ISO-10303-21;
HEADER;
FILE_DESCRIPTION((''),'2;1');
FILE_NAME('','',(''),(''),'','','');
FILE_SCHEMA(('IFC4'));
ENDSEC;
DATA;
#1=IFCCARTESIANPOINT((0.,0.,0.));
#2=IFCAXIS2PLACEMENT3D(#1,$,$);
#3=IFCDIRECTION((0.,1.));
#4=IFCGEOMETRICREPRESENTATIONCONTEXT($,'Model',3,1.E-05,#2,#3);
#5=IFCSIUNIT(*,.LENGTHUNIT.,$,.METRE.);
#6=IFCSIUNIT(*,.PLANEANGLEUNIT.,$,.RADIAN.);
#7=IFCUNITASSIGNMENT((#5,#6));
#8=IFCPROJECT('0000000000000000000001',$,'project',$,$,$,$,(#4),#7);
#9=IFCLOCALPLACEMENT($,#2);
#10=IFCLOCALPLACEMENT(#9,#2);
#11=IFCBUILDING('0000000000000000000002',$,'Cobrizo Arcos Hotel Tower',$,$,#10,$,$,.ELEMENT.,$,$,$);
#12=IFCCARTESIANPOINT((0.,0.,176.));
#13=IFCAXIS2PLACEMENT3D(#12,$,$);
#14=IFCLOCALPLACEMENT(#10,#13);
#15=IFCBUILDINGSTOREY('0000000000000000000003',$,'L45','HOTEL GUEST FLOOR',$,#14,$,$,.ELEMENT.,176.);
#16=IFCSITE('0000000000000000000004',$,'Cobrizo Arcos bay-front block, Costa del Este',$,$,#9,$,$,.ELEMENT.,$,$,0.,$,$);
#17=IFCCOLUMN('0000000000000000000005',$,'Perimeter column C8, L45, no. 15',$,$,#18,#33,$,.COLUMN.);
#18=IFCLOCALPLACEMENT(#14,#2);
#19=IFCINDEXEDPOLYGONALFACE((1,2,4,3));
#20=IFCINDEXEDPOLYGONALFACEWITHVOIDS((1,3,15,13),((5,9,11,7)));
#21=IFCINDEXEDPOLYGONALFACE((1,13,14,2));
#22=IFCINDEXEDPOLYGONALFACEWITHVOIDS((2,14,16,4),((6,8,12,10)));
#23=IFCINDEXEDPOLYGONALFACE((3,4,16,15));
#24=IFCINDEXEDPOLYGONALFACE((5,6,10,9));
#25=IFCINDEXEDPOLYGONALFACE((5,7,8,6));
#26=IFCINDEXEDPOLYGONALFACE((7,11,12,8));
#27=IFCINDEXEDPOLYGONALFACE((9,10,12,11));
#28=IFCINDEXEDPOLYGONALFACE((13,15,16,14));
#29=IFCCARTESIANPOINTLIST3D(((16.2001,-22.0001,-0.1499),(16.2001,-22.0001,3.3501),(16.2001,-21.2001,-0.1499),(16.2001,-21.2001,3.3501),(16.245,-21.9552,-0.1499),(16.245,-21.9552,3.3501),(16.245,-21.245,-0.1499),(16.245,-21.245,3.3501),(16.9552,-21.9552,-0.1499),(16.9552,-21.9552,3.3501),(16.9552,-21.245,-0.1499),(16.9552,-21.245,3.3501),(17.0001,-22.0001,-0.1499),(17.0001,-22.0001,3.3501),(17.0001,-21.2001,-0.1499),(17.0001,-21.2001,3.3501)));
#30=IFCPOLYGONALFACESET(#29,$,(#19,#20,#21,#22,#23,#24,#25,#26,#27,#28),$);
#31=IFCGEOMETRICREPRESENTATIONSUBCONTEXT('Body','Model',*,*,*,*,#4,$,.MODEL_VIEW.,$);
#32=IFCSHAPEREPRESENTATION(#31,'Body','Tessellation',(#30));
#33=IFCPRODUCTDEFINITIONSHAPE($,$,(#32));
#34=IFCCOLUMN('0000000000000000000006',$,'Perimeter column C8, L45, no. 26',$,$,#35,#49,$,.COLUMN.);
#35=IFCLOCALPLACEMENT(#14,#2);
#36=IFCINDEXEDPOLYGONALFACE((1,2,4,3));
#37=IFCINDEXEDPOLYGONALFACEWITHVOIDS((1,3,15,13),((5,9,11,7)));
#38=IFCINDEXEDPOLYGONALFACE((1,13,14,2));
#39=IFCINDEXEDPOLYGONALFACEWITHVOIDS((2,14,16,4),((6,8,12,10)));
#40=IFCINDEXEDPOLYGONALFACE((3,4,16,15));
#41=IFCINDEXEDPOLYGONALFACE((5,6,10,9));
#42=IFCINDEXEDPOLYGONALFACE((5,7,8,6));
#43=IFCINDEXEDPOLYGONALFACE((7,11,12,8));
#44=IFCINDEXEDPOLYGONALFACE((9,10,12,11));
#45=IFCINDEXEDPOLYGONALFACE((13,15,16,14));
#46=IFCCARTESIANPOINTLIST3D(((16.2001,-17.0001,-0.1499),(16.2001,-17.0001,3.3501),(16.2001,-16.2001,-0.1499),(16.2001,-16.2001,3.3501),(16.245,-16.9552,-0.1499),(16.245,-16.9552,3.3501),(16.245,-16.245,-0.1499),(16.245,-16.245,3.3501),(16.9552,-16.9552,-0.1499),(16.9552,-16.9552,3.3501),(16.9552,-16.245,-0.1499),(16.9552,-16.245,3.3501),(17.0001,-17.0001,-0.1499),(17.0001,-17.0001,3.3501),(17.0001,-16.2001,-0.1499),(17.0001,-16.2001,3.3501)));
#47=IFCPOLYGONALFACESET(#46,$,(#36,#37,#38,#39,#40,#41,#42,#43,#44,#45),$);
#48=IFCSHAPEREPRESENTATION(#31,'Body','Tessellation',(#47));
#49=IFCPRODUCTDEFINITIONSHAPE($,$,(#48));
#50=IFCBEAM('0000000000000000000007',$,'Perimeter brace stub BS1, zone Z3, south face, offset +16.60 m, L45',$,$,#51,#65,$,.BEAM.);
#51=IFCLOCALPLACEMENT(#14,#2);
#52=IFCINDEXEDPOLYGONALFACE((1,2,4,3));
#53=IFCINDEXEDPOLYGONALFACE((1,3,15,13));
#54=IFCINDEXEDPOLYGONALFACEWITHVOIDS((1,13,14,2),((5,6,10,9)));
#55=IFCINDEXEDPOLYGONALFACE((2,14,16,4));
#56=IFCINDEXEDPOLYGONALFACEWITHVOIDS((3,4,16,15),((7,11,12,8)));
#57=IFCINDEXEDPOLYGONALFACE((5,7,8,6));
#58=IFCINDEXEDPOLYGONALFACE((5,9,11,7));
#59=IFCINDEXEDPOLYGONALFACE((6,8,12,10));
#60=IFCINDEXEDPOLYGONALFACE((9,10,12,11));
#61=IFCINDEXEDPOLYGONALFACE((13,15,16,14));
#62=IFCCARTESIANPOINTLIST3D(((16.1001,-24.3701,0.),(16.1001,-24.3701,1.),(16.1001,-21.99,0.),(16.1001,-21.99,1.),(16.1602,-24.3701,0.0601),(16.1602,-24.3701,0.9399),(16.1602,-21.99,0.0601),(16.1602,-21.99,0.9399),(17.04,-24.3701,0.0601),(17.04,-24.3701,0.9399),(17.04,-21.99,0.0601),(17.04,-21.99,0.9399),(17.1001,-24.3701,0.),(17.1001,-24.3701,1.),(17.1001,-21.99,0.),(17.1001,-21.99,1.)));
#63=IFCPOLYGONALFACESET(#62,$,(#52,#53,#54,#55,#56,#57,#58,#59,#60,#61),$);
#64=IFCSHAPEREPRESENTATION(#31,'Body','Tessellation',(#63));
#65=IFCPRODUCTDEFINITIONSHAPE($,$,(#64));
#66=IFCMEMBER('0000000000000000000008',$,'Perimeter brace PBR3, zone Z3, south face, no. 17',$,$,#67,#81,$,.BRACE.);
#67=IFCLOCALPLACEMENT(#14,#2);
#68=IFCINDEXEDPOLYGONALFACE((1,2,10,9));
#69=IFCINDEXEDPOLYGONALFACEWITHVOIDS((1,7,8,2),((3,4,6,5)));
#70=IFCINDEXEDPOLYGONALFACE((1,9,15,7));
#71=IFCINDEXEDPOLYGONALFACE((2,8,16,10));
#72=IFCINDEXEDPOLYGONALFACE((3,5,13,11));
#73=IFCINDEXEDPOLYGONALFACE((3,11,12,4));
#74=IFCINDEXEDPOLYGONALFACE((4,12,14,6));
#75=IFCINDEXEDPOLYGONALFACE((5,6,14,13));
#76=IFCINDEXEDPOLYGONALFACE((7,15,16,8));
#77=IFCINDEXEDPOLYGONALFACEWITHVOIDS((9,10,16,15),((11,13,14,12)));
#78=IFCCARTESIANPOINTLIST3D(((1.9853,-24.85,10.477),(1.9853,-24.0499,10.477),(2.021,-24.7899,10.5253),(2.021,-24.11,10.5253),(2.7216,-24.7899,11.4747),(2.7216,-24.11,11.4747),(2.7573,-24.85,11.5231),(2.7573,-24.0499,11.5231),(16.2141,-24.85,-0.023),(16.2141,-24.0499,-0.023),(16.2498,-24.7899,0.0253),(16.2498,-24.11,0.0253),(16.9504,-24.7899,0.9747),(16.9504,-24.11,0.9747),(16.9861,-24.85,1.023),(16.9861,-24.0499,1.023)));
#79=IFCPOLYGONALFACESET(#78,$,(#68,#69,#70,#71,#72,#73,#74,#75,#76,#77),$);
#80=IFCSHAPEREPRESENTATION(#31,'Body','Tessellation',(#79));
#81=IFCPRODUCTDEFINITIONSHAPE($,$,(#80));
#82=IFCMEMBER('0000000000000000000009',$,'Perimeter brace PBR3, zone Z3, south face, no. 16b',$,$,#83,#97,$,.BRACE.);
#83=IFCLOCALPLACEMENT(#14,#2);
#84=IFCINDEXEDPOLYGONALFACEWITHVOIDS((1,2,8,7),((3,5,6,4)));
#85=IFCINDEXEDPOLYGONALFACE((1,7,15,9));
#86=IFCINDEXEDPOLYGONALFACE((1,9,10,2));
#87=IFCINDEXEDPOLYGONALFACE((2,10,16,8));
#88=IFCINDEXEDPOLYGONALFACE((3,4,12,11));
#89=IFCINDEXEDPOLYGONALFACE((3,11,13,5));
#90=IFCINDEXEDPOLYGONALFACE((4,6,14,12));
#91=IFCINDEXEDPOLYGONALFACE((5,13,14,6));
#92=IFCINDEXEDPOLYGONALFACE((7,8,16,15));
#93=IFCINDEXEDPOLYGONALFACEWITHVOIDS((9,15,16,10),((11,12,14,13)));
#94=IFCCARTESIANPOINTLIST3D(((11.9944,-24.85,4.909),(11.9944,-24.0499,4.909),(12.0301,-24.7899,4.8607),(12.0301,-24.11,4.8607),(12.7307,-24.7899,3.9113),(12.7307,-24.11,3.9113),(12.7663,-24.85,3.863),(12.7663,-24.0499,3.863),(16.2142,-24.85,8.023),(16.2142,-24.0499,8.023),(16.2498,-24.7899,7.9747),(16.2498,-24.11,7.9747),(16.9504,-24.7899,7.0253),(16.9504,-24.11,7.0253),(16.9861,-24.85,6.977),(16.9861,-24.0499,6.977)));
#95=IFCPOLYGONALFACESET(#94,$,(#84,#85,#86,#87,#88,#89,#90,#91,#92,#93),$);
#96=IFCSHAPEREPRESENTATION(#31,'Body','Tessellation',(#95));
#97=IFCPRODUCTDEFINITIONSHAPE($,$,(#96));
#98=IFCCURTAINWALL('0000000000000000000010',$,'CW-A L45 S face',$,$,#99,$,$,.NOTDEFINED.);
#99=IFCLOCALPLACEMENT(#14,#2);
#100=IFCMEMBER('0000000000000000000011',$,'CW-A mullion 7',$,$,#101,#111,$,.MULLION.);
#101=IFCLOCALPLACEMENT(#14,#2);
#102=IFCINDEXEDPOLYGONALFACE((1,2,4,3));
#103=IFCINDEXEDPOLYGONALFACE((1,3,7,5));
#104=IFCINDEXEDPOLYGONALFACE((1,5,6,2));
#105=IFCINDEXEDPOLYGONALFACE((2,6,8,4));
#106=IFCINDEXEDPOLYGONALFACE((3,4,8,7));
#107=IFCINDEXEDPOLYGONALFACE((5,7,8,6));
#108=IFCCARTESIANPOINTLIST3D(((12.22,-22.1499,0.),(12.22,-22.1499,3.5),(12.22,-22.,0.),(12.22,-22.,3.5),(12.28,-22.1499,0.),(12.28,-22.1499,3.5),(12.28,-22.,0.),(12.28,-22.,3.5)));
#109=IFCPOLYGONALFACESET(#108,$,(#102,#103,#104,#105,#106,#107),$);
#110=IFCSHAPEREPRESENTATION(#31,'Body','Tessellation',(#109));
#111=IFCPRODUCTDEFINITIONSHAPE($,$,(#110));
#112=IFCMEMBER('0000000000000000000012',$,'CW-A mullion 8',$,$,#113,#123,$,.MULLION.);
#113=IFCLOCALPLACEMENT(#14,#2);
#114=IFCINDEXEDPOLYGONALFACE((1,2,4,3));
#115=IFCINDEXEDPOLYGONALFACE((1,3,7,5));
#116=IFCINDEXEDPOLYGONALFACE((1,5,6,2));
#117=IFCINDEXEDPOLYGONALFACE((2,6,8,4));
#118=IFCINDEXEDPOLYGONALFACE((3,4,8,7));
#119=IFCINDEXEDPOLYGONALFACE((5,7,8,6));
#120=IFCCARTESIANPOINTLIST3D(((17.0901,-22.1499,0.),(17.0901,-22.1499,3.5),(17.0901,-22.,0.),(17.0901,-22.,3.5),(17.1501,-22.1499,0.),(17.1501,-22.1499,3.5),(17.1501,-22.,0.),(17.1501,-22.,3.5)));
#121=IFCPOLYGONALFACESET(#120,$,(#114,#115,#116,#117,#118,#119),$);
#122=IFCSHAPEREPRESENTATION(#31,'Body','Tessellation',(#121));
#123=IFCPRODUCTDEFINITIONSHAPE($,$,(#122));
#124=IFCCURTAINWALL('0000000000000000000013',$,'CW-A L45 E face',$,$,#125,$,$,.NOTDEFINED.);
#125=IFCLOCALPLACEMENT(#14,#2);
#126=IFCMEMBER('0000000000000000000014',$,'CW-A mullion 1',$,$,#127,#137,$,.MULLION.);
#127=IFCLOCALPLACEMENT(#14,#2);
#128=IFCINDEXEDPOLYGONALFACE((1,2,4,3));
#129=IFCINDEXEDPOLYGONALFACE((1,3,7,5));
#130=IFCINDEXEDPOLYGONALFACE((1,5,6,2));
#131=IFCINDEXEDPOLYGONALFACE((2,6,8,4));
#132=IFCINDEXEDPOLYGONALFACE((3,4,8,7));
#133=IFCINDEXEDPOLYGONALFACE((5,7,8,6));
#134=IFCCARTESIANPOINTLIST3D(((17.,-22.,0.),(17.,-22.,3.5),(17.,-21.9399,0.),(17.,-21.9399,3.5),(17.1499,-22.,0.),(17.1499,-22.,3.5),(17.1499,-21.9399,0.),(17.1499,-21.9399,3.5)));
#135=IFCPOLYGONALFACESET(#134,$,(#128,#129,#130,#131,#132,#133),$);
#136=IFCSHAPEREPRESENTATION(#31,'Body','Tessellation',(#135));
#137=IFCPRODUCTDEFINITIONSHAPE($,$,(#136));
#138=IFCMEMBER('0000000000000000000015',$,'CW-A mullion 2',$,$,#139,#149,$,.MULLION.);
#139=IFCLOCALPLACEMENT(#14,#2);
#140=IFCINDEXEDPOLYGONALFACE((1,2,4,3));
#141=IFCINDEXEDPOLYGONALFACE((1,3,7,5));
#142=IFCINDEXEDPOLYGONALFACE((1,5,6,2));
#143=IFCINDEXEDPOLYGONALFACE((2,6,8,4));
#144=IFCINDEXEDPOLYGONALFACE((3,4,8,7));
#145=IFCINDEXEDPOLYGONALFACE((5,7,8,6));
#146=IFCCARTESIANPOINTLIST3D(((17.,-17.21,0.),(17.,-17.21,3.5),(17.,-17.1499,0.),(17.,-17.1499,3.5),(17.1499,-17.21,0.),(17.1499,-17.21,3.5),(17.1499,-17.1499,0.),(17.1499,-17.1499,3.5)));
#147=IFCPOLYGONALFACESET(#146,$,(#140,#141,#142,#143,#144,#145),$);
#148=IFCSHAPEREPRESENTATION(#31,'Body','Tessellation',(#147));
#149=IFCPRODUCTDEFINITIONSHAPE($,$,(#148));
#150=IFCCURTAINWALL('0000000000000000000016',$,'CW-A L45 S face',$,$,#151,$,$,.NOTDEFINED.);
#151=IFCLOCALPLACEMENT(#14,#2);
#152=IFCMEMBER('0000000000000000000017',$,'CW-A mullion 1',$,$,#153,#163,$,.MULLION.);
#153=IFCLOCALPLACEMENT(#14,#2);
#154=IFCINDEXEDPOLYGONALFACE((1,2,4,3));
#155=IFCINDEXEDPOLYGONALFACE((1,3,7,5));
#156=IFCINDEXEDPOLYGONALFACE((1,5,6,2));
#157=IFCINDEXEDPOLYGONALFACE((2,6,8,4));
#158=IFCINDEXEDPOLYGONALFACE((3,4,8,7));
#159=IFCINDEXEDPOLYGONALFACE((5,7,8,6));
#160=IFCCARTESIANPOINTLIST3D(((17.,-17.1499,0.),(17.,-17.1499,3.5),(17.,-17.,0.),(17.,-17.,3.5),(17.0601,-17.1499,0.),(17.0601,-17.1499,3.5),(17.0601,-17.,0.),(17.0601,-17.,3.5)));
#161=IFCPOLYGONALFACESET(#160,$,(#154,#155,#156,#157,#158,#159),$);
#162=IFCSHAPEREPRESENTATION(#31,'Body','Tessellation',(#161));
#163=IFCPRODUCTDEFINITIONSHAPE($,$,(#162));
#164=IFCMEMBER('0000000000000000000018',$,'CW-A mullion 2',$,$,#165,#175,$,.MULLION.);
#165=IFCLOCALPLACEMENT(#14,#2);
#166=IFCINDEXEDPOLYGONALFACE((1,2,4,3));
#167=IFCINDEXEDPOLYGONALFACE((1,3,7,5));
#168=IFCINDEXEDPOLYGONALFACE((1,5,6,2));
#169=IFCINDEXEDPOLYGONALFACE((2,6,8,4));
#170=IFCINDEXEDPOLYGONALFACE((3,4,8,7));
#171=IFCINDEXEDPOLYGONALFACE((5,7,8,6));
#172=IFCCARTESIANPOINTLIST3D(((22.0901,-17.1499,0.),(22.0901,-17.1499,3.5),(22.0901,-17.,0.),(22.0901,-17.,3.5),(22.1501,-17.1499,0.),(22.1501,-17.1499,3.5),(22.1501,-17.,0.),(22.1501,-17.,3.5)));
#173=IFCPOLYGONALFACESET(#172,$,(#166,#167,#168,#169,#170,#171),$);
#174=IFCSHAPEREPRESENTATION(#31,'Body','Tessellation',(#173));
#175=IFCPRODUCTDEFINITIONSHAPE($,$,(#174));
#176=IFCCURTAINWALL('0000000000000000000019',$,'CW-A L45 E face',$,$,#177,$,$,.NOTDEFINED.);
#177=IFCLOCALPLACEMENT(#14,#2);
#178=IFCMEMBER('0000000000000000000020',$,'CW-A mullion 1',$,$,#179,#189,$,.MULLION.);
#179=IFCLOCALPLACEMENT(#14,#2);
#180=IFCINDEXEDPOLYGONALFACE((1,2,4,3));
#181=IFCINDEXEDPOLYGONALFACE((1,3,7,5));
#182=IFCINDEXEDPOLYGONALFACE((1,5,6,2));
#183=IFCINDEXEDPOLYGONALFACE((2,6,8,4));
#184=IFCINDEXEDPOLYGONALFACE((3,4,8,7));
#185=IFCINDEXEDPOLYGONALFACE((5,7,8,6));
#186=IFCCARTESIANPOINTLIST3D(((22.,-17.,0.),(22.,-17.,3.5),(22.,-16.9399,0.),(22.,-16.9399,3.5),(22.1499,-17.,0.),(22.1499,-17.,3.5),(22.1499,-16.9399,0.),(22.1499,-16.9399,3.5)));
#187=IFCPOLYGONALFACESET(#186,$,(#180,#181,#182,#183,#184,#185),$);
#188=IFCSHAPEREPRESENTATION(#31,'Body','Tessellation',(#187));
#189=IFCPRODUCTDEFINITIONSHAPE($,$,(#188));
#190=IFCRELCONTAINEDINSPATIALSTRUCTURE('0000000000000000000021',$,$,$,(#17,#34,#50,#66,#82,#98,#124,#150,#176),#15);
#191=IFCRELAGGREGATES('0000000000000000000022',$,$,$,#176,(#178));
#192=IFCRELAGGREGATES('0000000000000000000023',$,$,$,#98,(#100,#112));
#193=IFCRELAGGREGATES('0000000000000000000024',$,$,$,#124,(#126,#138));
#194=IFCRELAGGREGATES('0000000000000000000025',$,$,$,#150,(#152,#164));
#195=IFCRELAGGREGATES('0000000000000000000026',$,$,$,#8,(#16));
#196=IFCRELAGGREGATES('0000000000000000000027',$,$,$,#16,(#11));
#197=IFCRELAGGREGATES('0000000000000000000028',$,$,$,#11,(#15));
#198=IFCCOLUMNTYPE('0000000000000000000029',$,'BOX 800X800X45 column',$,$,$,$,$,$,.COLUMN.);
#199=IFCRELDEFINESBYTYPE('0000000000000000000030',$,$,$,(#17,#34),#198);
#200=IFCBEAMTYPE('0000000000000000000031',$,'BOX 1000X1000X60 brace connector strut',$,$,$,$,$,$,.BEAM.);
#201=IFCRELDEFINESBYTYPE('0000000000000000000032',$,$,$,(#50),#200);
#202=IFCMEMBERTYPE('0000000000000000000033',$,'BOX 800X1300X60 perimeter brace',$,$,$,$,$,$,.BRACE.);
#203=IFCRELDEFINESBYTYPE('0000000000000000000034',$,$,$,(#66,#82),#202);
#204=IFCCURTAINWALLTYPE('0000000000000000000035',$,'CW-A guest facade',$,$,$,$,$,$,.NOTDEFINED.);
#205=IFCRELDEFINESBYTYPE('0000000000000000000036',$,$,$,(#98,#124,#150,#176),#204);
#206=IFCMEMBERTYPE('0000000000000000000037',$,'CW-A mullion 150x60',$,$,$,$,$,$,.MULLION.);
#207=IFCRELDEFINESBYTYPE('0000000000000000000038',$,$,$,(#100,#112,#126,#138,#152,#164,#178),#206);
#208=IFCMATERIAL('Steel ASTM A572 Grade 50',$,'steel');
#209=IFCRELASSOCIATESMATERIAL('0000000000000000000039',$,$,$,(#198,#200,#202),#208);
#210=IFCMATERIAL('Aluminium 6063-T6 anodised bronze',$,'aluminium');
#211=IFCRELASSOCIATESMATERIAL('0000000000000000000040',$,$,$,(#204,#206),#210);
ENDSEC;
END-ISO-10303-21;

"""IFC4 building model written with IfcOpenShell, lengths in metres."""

from ifc_helpers import new_model, si_unit, direction, frame, origin, origin_2d, place, context, subcontext, project, spatial, rectangle, hollow_rectangle, extrude, material, material_profile, profile_set, type_object, element, aggregate, save


model = new_model("IFC4")

# Units and contexts
model_context = context("Model", 3, precision=1e-05, world=origin(), true_north=direction((0.0, 1.0)))
body_context = subcontext(model_context, "Body", "Model", "MODEL_VIEW")
ifc_project = project(units=[si_unit("LENGTHUNIT", "METRE"), si_unit("PLANEANGLEUNIT", "RADIAN")], contexts=[model_context])

# Site, building, storey
site_placement = place(None, origin())
site = spatial("IfcSite", under=ifc_project, at=site_placement, Name="Cobrizo Arcos bay-front block, Costa del Este", CompositionType="ELEMENT", RefElevation=0.0)
building_placement = place(site_placement, origin())
building = spatial("IfcBuilding", under=site, at=building_placement, Name="Cobrizo Arcos Hotel Tower", CompositionType="ELEMENT")
storey_placement = place(building_placement, frame((0.0, 0.0, 176.0)))
storey = spatial("IfcBuildingStorey", under=building, at=storey_placement, Name="L45", Description="HOTEL GUEST FLOOR", CompositionType="ELEMENT", Elevation=176.0)

# Columns
ifc_material_1 = material(Name="Steel ASTM A572 Grade 50", Category="steel")
ifc_material_profile_1 = material_profile(ifc_material_1, hollow_rectangle(XDim=0.8, YDim=0.8, WallThickness=0.0449, at=origin_2d()), Name="BOX 800X800X45")
ifc_profile_set_1 = profile_set([ifc_material_profile_1], Name="Steel ASTM A572 Grade 50")
column_type = type_object("IfcColumnType", Name="BOX 800X800X45 column", PredefinedType="COLUMN", material=ifc_profile_set_1)
for number, where, z_axis, x_axis, name in (
    (1, (16.6001, -21.6001, -0.1499), (0.0, 0.0, 1.0), (1.0, 0.0, 0.0), "Perimeter column C8, L45, no. 15"),
    (2, (16.6001, -16.6001, -0.1499), (0.0, 0.0, 1.0), (1.0, 0.0, 0.0), "Perimeter column C8, L45, no. 26"),
):
    element("IfcColumn", number, at=place(storey_placement, frame(where, z_axis=z_axis, x_axis=x_axis)), inside=storey, type_object=column_type, Name=name, PredefinedType="COLUMN", context=body_context, shape_type="SweptSolid", body=[
        extrude(hollow_rectangle(XDim=0.8, YDim=0.8, WallThickness=0.0449, at=origin_2d()), origin(), (0.0, 0.0, 1.0), 3.5),
    ])

# Beam
ifc_material_profile_2 = material_profile(ifc_material_1, hollow_rectangle(XDim=1.0, YDim=1.0, WallThickness=0.0601, at=origin_2d()), Name="BOX 1000X1000X60")
ifc_profile_set_2 = profile_set([ifc_material_profile_2], Name="Steel ASTM A572 Grade 50")
beam_type_1 = type_object("IfcBeamType", Name="BOX 1000X1000X60 brace connector strut", PredefinedType="BEAM", material=ifc_profile_set_2)
beam_1_placement = place(storey_placement, frame((16.6001, -21.99, 0.5), z_axis=(0.0, -1.0, 0.0), x_axis=(1.0, 0.0, 0.0)))
element("IfcBeam", 3, at=beam_1_placement, inside=storey, type_object=beam_type_1, Name="Perimeter brace stub BS1, zone Z3, south face, offset +16.60 m, L45", PredefinedType="BEAM", context=body_context, shape_type="SweptSolid", body=[
    extrude(hollow_rectangle(XDim=1.0, YDim=1.0, WallThickness=0.0601, at=origin_2d()), origin(), (0.0, 0.0, 1.0), 2.3801),
])

# Members
ifc_material_profile_3 = material_profile(ifc_material_1, hollow_rectangle(XDim=0.8, YDim=1.3, WallThickness=0.0601, at=origin_2d()), Name="BOX 800X1300X60")
ifc_profile_set_3 = profile_set([ifc_material_profile_3], Name="Steel ASTM A572 Grade 50")
member_type_1 = type_object("IfcMemberType", Name="BOX 800X1300X60 perimeter brace", PredefinedType="BRACE", material=ifc_profile_set_3)
member_1_placement = place(storey_placement, frame((16.6001, -24.45, 0.5), z_axis=(-0.804633, 0.0, 0.593772), x_axis=(0.0, -1.0, 0.0)))
element("IfcMember", 4, at=member_1_placement, inside=storey, type_object=member_type_1, Name="Perimeter brace PBR3, zone Z3, south face, no. 17", PredefinedType="BRACE", context=body_context, shape_type="SweptSolid", body=[
    extrude(hollow_rectangle(XDim=0.8, YDim=1.3, WallThickness=0.0601, at=origin_2d()), origin(), (0.0, 0.0, 1.0), 17.6836),
])
member_2_placement = place(storey_placement, frame((12.3804, -24.45, 4.386), z_axis=(0.804624, 0.0, 0.593785), x_axis=(0.0, 1.0, 0.0)))
element("IfcMember", 5, at=member_2_placement, inside=storey, type_object=member_type_1, Name="Perimeter brace PBR3, zone Z3, south face, no. 16b", PredefinedType="BRACE", context=body_context, shape_type="SweptSolid", body=[
    extrude(hollow_rectangle(XDim=0.8, YDim=1.3, WallThickness=0.0601, at=origin_2d()), origin(), (0.0, 0.0, 1.0), 5.2444),
])

# Curtain walls, members
ifc_material_2 = material(Name="Aluminium 6063-T6 anodised bronze", Category="aluminium")
curtain_wall_type = type_object("IfcCurtainWallType", Name="CW-A guest facade", PredefinedType="NOTDEFINED", material=ifc_material_2)
curtain_wall_1_placement = place(storey_placement, origin())
curtain_wall_1 = element("IfcCurtainWall", 6, at=curtain_wall_1_placement, inside=storey, type_object=curtain_wall_type, Name="CW-A L45 S face", PredefinedType="NOTDEFINED")
ifc_material_profile_4 = material_profile(ifc_material_2, rectangle(XDim=0.1499, YDim=0.0601, at=origin_2d()), Name="CW-A mullion 150x60")
ifc_profile_set_4 = profile_set([ifc_material_profile_4], Name="Aluminium 6063-T6 anodised bronze")
member_type_2 = type_object("IfcMemberType", Name="CW-A mullion 150x60", PredefinedType="MULLION", material=ifc_profile_set_4)
member_3_placement = place(storey_placement, frame((12.25, -22.075, 0.0), z_axis=(0.0, 0.0, 1.0), x_axis=(0.0, -1.0, 0.0)))
member_3 = element("IfcMember", 7, at=member_3_placement, type_object=member_type_2, Name="CW-A mullion 7", PredefinedType="MULLION", context=body_context, shape_type="SweptSolid", body=[
    extrude(rectangle(XDim=0.1499, YDim=0.0601, at=origin_2d()), origin(), (0.0, 0.0, 1.0), 3.5),
])
member_4_placement = place(storey_placement, frame((17.1201, -22.075, 0.0), z_axis=(0.0, 0.0, 1.0), x_axis=(0.0, -1.0, 0.0)))
member_4 = element("IfcMember", 8, at=member_4_placement, type_object=member_type_2, Name="CW-A mullion 8", PredefinedType="MULLION", context=body_context, shape_type="SweptSolid", body=[
    extrude(rectangle(XDim=0.1499, YDim=0.0601, at=origin_2d()), origin(), (0.0, 0.0, 1.0), 3.5),
])
curtain_wall_2_placement = place(storey_placement, origin())
curtain_wall_2 = element("IfcCurtainWall", 9, at=curtain_wall_2_placement, inside=storey, type_object=curtain_wall_type, Name="CW-A L45 E face", PredefinedType="NOTDEFINED")
member_5_placement = place(storey_placement, frame((17.075, -21.97, 0.0), z_axis=(0.0, 0.0, 1.0), x_axis=(1.0, 0.0, 0.0)))
member_5 = element("IfcMember", 10, at=member_5_placement, type_object=member_type_2, Name="CW-A mullion 1", PredefinedType="MULLION", context=body_context, shape_type="SweptSolid", body=[
    extrude(rectangle(XDim=0.1499, YDim=0.0601, at=origin_2d()), origin(), (0.0, 0.0, 1.0), 3.5),
])
member_6_placement = place(storey_placement, frame((17.075, -17.1799, 0.0), z_axis=(0.0, 0.0, 1.0), x_axis=(1.0, 0.0, 0.0)))
member_6 = element("IfcMember", 11, at=member_6_placement, type_object=member_type_2, Name="CW-A mullion 2", PredefinedType="MULLION", context=body_context, shape_type="SweptSolid", body=[
    extrude(rectangle(XDim=0.1499, YDim=0.0601, at=origin_2d()), origin(), (0.0, 0.0, 1.0), 3.5),
])
curtain_wall_3_placement = place(storey_placement, origin())
curtain_wall_3 = element("IfcCurtainWall", 12, at=curtain_wall_3_placement, inside=storey, type_object=curtain_wall_type, Name="CW-A L45 S face", PredefinedType="NOTDEFINED")
member_7_placement = place(storey_placement, frame((17.03, -17.075, 0.0), z_axis=(0.0, 0.0, 1.0), x_axis=(0.0, -1.0, 0.0)))
member_7 = element("IfcMember", 13, at=member_7_placement, type_object=member_type_2, Name="CW-A mullion 1", PredefinedType="MULLION", context=body_context, shape_type="SweptSolid", body=[
    extrude(rectangle(XDim=0.1499, YDim=0.0601, at=origin_2d()), origin(), (0.0, 0.0, 1.0), 3.5),
])
member_8_placement = place(storey_placement, frame((22.1201, -17.075, 0.0), z_axis=(0.0, 0.0, 1.0), x_axis=(0.0, -1.0, 0.0)))
member_8 = element("IfcMember", 14, at=member_8_placement, type_object=member_type_2, Name="CW-A mullion 2", PredefinedType="MULLION", context=body_context, shape_type="SweptSolid", body=[
    extrude(rectangle(XDim=0.1499, YDim=0.0601, at=origin_2d()), origin(), (0.0, 0.0, 1.0), 3.5),
])

# Curtain wall, member
curtain_wall_4_placement = place(storey_placement, origin())
curtain_wall_4 = element("IfcCurtainWall", 15, at=curtain_wall_4_placement, inside=storey, type_object=curtain_wall_type, Name="CW-A L45 E face", PredefinedType="NOTDEFINED")
member_9_placement = place(storey_placement, frame((22.075, -16.97, 0.0), z_axis=(0.0, 0.0, 1.0), x_axis=(1.0, 0.0, 0.0)))
member_9 = element("IfcMember", 16, at=member_9_placement, type_object=member_type_2, Name="CW-A mullion 1", PredefinedType="MULLION", context=body_context, shape_type="SweptSolid", body=[
    extrude(rectangle(XDim=0.1499, YDim=0.0601, at=origin_2d()), origin(), (0.0, 0.0, 1.0), 3.5),
])
aggregate(curtain_wall_4, [member_9])

aggregate(curtain_wall_1, [member_3, member_4])
aggregate(curtain_wall_2, [member_5, member_6])
aggregate(curtain_wall_3, [member_7, member_8])

save(model, "model.ifc")
